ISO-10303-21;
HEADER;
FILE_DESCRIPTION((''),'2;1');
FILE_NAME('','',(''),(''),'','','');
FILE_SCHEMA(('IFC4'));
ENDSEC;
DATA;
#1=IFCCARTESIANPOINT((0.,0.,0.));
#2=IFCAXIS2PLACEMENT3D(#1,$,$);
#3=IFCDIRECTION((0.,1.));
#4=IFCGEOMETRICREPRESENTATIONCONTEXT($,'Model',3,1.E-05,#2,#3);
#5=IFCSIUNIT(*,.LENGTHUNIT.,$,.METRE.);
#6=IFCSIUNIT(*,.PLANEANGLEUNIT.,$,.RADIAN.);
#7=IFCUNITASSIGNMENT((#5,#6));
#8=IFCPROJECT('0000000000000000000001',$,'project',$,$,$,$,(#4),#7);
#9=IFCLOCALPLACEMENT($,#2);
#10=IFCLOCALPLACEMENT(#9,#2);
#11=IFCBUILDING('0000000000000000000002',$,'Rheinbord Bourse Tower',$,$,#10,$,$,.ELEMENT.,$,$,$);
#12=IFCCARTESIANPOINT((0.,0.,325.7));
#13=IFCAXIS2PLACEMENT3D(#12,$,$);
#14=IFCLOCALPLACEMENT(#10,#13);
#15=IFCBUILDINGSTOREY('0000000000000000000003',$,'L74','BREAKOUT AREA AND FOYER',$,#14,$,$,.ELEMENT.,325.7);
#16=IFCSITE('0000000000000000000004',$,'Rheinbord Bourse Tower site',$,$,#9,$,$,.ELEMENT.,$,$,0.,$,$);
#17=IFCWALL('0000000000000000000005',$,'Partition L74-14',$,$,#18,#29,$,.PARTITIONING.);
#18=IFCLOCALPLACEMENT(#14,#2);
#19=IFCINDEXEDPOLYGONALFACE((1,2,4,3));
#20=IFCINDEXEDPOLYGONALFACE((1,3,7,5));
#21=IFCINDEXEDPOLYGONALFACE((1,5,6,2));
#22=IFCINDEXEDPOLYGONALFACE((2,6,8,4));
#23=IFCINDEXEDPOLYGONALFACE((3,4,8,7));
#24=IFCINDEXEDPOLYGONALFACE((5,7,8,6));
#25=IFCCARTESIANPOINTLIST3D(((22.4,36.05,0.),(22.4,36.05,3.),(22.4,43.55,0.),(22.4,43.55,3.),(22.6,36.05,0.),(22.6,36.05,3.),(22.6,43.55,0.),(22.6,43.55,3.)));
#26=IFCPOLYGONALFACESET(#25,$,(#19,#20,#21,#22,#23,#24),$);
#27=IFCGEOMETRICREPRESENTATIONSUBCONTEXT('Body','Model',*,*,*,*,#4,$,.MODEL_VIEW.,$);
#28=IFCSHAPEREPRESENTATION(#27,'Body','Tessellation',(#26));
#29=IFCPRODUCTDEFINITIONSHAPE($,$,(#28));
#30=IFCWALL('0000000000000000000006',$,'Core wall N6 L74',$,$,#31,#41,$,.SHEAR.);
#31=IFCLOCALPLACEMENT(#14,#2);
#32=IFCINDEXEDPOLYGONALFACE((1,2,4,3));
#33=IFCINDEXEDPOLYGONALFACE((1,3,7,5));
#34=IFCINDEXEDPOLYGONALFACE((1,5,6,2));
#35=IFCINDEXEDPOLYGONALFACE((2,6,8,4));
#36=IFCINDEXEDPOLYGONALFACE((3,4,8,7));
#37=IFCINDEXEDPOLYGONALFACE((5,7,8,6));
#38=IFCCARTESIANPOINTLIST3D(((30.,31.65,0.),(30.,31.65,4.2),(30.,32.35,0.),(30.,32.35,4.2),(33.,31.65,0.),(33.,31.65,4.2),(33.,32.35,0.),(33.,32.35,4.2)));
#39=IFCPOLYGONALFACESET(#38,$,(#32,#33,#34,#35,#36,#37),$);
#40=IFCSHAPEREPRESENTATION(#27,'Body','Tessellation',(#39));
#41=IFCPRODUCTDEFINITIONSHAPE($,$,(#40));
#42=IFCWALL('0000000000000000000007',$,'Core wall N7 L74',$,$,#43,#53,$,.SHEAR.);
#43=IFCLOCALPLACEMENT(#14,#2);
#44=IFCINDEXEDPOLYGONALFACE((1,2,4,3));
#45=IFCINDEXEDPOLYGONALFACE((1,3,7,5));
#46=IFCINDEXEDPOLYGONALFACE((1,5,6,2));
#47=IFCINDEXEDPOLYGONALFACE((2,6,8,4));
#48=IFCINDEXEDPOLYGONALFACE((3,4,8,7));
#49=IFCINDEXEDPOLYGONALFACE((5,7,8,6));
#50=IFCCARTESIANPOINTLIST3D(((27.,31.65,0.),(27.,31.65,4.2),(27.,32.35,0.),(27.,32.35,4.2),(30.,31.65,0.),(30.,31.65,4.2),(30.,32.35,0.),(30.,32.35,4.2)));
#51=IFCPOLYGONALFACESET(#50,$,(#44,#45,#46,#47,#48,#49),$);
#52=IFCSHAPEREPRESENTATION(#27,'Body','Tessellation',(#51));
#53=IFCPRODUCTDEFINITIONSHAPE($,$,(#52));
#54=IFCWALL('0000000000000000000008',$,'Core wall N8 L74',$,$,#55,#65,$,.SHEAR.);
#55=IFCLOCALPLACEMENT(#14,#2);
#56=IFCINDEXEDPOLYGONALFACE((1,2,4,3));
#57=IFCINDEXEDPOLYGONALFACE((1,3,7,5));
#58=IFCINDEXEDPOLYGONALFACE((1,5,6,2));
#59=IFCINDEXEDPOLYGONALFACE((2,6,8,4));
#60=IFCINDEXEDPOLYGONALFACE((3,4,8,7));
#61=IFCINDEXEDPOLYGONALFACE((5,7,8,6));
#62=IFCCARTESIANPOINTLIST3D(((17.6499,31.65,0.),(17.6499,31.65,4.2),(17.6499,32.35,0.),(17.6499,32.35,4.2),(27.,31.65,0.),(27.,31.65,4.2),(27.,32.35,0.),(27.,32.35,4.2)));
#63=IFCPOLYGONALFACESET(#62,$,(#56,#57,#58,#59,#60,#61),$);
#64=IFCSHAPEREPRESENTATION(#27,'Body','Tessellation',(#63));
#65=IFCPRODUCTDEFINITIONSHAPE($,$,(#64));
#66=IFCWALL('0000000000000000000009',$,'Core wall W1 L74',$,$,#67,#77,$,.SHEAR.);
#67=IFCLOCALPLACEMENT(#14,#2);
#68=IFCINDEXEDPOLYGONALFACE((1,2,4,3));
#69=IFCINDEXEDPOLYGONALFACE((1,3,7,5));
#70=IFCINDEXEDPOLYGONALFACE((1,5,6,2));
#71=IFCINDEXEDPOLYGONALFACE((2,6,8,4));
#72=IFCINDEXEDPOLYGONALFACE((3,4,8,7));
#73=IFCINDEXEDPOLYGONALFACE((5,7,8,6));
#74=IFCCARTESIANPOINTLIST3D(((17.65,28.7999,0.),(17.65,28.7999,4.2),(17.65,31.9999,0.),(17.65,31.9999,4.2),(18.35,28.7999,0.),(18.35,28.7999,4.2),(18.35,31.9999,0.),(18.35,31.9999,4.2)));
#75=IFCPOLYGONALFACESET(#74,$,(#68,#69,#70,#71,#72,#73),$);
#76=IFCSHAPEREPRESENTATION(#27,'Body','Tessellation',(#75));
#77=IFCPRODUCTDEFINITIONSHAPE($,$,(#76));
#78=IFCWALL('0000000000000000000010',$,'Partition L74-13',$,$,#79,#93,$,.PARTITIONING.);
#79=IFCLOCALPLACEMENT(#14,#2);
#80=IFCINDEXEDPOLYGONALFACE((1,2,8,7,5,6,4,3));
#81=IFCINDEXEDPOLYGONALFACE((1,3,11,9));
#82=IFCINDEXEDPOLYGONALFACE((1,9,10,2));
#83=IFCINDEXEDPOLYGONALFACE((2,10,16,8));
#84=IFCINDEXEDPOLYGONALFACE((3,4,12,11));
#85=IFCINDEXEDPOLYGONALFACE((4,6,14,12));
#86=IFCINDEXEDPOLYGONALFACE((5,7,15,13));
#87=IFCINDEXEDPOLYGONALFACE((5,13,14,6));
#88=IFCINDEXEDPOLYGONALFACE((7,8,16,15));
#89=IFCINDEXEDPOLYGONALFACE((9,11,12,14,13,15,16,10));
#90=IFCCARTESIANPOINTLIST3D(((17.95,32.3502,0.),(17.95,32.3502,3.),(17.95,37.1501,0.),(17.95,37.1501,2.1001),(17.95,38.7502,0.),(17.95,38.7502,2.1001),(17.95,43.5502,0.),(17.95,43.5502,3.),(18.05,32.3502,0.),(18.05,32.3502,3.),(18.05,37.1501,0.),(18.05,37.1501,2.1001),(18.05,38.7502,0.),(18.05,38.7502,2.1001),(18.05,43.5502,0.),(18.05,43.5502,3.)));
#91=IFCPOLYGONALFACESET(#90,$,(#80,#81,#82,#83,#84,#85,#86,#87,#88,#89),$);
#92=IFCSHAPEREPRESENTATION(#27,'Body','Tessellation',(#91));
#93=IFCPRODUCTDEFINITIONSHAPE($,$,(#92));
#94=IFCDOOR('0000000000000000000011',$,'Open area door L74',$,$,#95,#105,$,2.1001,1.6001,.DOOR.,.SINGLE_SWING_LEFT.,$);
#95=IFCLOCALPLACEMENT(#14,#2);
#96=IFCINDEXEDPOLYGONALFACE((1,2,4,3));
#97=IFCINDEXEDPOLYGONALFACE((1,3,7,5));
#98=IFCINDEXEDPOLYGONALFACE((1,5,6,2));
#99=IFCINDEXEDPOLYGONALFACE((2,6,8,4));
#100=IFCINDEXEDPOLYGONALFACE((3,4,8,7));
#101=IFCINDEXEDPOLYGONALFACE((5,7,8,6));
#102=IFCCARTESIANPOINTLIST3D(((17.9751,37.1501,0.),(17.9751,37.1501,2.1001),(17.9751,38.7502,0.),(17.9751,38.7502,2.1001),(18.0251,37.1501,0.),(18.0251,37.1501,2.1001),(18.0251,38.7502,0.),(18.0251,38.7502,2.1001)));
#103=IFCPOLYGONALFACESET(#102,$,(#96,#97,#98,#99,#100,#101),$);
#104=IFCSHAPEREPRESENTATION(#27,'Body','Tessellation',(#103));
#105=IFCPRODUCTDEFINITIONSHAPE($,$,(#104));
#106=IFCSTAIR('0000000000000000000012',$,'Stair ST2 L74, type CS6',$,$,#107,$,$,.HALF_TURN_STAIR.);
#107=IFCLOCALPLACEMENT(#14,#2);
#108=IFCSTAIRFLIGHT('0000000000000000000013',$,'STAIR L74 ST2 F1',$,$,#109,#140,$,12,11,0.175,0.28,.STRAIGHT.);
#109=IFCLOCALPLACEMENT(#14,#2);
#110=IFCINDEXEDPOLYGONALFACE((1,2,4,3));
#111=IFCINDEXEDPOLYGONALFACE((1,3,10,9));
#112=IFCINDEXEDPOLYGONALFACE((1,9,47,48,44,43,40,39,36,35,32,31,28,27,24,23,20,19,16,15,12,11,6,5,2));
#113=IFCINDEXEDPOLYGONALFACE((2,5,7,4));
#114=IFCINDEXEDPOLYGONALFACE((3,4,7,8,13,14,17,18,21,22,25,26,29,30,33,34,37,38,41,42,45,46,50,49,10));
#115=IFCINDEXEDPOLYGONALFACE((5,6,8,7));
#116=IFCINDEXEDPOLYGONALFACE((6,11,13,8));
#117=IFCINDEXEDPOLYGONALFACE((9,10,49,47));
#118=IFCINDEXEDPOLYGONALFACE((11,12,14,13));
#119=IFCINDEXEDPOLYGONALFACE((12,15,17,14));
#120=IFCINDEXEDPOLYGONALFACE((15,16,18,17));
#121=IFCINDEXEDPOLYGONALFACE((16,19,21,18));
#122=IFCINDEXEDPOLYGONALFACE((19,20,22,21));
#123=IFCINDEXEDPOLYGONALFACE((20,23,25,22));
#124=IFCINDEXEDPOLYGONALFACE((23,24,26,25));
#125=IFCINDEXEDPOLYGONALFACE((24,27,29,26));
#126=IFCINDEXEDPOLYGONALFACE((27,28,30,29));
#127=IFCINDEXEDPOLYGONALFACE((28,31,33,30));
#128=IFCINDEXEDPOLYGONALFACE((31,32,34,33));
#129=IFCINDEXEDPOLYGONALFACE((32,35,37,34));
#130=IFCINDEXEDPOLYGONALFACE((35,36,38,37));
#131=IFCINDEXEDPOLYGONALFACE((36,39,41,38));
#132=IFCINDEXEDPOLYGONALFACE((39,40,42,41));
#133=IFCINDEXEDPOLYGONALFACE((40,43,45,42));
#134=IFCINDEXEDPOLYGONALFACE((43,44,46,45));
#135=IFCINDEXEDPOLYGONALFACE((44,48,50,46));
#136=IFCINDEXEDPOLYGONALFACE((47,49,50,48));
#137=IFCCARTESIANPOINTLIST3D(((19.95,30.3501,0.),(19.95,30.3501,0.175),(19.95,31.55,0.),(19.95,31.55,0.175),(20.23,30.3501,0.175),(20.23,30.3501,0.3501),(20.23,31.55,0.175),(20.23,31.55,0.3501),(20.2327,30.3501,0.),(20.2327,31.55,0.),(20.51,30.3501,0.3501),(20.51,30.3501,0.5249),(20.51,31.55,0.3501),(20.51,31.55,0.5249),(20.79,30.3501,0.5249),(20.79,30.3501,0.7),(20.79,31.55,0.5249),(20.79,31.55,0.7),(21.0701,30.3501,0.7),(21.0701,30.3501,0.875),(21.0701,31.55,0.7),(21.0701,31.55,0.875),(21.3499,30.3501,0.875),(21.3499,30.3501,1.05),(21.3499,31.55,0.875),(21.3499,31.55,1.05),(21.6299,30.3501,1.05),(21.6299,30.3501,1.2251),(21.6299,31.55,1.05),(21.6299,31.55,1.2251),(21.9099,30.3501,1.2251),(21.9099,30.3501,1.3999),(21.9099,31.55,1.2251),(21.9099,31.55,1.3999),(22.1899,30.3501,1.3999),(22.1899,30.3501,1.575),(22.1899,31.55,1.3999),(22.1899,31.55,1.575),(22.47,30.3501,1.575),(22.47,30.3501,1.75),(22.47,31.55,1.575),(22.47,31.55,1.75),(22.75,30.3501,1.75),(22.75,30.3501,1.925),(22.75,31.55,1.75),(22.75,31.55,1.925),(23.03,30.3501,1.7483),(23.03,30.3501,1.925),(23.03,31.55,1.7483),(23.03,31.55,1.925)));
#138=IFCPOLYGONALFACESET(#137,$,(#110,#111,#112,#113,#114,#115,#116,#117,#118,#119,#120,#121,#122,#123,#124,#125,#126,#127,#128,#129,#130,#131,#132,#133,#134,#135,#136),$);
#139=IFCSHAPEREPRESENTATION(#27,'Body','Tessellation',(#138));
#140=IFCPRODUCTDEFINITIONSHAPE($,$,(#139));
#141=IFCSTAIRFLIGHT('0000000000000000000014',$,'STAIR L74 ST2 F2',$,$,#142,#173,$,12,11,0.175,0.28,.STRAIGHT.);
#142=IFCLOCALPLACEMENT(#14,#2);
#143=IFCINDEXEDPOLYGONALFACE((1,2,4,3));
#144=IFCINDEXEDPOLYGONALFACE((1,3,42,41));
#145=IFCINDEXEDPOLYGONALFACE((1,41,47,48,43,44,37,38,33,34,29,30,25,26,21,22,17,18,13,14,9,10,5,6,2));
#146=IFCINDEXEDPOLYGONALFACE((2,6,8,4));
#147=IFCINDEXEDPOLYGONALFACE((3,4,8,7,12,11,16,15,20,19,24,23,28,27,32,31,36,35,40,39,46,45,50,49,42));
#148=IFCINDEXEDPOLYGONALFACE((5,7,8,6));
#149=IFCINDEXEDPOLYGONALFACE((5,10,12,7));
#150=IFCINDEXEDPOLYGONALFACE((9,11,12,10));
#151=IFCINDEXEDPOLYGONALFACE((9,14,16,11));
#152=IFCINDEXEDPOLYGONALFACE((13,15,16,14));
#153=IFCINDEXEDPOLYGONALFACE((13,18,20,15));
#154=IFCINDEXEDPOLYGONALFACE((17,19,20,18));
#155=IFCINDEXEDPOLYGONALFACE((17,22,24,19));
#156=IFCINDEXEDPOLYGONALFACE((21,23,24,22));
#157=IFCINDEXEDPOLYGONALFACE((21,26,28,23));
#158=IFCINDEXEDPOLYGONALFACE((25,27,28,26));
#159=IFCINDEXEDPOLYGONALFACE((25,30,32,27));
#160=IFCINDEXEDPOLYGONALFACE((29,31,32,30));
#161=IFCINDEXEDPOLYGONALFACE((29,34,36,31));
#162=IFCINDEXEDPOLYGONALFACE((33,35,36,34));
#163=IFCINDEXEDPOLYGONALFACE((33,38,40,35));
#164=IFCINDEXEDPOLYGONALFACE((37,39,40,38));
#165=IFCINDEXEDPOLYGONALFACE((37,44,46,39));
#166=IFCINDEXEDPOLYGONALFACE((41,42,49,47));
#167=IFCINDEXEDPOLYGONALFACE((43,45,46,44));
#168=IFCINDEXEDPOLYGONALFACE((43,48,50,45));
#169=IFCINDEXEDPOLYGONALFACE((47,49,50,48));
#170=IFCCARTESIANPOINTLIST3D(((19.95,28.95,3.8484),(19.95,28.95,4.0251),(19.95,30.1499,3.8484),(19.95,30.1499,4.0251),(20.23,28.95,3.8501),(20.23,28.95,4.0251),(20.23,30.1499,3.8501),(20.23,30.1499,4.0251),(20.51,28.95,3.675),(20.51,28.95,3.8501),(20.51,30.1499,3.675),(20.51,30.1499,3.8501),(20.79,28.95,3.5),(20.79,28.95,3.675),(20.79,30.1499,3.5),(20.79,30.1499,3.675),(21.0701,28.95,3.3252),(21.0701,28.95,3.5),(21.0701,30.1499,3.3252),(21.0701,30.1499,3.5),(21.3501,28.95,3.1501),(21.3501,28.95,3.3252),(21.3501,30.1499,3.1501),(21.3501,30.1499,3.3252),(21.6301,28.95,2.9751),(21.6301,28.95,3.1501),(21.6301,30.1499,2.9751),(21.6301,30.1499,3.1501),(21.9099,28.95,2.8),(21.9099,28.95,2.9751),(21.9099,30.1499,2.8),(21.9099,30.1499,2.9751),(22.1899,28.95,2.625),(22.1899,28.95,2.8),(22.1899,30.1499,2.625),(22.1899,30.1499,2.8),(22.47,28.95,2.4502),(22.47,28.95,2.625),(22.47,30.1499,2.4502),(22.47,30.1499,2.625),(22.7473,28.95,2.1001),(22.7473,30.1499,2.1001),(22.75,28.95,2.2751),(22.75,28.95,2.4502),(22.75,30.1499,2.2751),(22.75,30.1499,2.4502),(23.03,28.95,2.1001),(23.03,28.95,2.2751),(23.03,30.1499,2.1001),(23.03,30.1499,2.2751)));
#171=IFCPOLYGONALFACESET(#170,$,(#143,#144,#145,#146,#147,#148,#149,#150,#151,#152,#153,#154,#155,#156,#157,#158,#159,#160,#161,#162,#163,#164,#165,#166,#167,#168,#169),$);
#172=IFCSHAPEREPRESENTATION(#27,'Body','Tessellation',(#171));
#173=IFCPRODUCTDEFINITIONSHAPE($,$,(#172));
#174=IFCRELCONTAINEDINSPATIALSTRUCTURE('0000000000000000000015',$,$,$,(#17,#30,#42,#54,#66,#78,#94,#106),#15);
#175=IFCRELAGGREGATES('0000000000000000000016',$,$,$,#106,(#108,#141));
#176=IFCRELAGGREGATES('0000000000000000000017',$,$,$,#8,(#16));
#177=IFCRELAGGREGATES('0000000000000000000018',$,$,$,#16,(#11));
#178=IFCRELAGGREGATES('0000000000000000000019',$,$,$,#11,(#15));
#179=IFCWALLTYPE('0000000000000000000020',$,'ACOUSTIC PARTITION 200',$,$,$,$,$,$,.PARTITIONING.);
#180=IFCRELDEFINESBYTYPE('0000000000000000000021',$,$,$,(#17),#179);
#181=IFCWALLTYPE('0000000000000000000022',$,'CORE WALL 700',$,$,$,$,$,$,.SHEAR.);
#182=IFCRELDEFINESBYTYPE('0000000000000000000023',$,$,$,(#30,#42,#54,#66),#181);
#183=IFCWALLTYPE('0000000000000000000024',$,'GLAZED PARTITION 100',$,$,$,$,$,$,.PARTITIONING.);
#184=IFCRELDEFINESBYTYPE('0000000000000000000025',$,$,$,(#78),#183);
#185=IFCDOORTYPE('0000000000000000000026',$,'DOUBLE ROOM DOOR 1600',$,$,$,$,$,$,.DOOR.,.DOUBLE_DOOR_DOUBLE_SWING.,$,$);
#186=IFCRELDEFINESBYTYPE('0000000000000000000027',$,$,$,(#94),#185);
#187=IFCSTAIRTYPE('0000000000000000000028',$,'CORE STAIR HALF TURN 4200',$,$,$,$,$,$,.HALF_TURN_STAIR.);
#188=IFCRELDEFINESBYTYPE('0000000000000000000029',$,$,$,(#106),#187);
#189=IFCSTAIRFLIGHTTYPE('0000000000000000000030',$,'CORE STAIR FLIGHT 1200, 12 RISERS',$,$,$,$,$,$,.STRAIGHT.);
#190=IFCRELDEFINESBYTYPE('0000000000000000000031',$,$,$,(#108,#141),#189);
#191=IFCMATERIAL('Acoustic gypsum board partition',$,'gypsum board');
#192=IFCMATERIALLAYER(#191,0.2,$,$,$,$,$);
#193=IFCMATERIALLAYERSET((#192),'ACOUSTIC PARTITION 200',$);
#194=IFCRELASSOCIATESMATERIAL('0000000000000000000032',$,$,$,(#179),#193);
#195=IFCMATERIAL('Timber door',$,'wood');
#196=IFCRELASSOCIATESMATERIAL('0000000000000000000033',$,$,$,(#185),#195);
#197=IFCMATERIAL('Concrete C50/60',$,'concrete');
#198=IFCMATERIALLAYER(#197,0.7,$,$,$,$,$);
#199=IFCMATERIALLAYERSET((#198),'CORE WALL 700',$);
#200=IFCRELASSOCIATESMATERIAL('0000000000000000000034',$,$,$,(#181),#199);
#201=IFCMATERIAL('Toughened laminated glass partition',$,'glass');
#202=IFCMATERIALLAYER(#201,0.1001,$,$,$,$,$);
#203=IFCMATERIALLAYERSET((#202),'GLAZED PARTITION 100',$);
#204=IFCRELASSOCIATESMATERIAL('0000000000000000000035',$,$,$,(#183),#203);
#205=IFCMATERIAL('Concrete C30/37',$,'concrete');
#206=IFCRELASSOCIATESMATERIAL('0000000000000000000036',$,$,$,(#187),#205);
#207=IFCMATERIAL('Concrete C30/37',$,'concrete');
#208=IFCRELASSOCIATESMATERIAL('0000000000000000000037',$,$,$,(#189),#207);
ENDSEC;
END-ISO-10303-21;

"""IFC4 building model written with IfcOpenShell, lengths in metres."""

from ifc_helpers import new_model, si_unit, direction, frame, frame_2d, origin, place, context, subcontext, project, spatial, polyline, rectangle, outline, extrude, material, layer, layer_set, type_object, element, fill, aggregate, save


model = new_model("IFC4")

# Units and contexts
model_context = context("Model", 3, precision=1e-05, world=origin(), true_north=direction((0.0, 1.0)))
body_context = subcontext(model_context, "Body", "Model", "MODEL_VIEW")
ifc_project = project(units=[si_unit("LENGTHUNIT", "METRE"), si_unit("PLANEANGLEUNIT", "RADIAN")], contexts=[model_context])

# Site, building, storey
site_placement = place(None, origin())
site = spatial("IfcSite", under=ifc_project, at=site_placement, Name="Rheinbord Bourse Tower site", CompositionType="ELEMENT", RefElevation=0.0)
building_placement = place(site_placement, origin())
building = spatial("IfcBuilding", under=site, at=building_placement, Name="Rheinbord Bourse Tower", CompositionType="ELEMENT")
storey_placement = place(building_placement, frame((0.0, 0.0, 325.7)))
storey = spatial("IfcBuildingStorey", under=building, at=storey_placement, Name="L74", Description="BREAKOUT AREA AND FOYER", CompositionType="ELEMENT", Elevation=325.7)

# Shared definitions
ifc_material_1 = material(Name="Acoustic gypsum board partition", Category="gypsum board")
ifc_layer_1 = layer(ifc_material_1, 0.2)
ifc_layer_set_1 = layer_set([ifc_layer_1], Name="ACOUSTIC PARTITION 200")
wall_type_1 = type_object("IfcWallType", Name="ACOUSTIC PARTITION 200", PredefinedType="PARTITIONING", material=ifc_layer_set_1)
ifc_material_2 = material(Name="Timber door", Category="wood")
door_type = type_object("IfcDoorType", Name="DOUBLE ROOM DOOR 1600", OperationType="DOUBLE_DOOR_DOUBLE_SWING", PredefinedType="DOOR", material=ifc_material_2)

# Walls
wall_1_placement = place(storey_placement, frame((22.5, 36.05, 0.0), z_axis=(0.0, 0.0, 1.0), x_axis=(0.0, 1.0, 0.0)))
element("IfcWall", 1, at=wall_1_placement, inside=storey, type_object=wall_type_1, Name="Partition L74-14", PredefinedType="PARTITIONING", context=body_context, shape_type="SweptSolid", body=[
    extrude(rectangle(XDim=7.5, YDim=0.2, at=frame_2d((3.75, 0.0))), origin(), (0.0, 0.0, 1.0), 3.0),
])
ifc_material_3 = material(Name="Concrete C50/60", Category="concrete")
ifc_layer_2 = layer(ifc_material_3, 0.7)
ifc_layer_set_2 = layer_set([ifc_layer_2], Name="CORE WALL 700")
wall_type_2 = type_object("IfcWallType", Name="CORE WALL 700", PredefinedType="SHEAR", material=ifc_layer_set_2)
for number, where, z_axis, x_axis, name in (
    (2, (33.0, 32.0, 0.0), (0.0, 0.0, 1.0), (-1.0, 0.0, 0.0), "Core wall N6 L74"),
    (3, (30.0, 32.0, 0.0), (0.0, 0.0, 1.0), (-1.0, 0.0, 0.0), "Core wall N7 L74"),
):
    element("IfcWall", number, at=place(storey_placement, frame(where, z_axis=z_axis, x_axis=x_axis)), inside=storey, type_object=wall_type_2, Name=name, PredefinedType="SHEAR", context=body_context, shape_type="SweptSolid", body=[
        extrude(rectangle(XDim=3.0, YDim=0.7, at=frame_2d((1.5, 0.0))), origin(), (0.0, 0.0, 1.0), 4.2),
    ])
wall_2_placement = place(storey_placement, frame((27.0, 32.0, 0.0), z_axis=(0.0, 0.0, 1.0), x_axis=(-1.0, 0.0, 0.0)))
element("IfcWall", 4, at=wall_2_placement, inside=storey, type_object=wall_type_2, Name="Core wall N8 L74", PredefinedType="SHEAR", context=body_context, shape_type="SweptSolid", body=[
    extrude(rectangle(XDim=9.3501, YDim=0.7, at=frame_2d((4.675, 0.0))), origin(), (0.0, 0.0, 1.0), 4.2),
])
wall_3_placement = place(storey_placement, frame((18.0, 32.0, 0.0), z_axis=(0.0, 0.0, 1.0), x_axis=(0.0, -1.0, 0.0)))
element("IfcWall", 5, at=wall_3_placement, inside=storey, type_object=wall_type_2, Name="Core wall W1 L74", PredefinedType="SHEAR", context=body_context, shape_type="SweptSolid", body=[
    extrude(rectangle(XDim=3.2, YDim=0.7, at=frame_2d((1.6001, 0.0))), origin(), (0.0, 0.0, 1.0), 4.2),
])

# Wall, opening, door
ifc_material_4 = material(Name="Toughened laminated glass partition", Category="glass")
ifc_layer_3 = layer(ifc_material_4, 0.1001)
ifc_layer_set_3 = layer_set([ifc_layer_3], Name="GLAZED PARTITION 100")
wall_type_3 = type_object("IfcWallType", Name="GLAZED PARTITION 100", PredefinedType="PARTITIONING", material=ifc_layer_set_3)
wall_4_placement = place(storey_placement, frame((18.0, 32.3501, 0.0), z_axis=(0.0, 0.0, 1.0), x_axis=(0.0, 1.0, 0.0)))
wall_4 = element("IfcWall", 6, at=wall_4_placement, inside=storey, type_object=wall_type_3, Name="Partition L74-13", PredefinedType="PARTITIONING", context=body_context, shape_type="SweptSolid", body=[
    extrude(rectangle(XDim=11.2, YDim=0.1001, at=frame_2d((5.6001, 0.0))), origin(), (0.0, 0.0, 1.0), 3.0),
])
opening_1_placement = place(wall_4_placement, frame((4.8, 0.0, 0.0)))
opening_1 = element("IfcOpeningElement", 7, at=opening_1_placement, cuts=wall_4, PredefinedType="OPENING", context=body_context, shape_type="SweptSolid", body=[
    extrude(rectangle(XDim=1.6001, YDim=2.1001, at=frame_2d((0.8, 1.05))), frame((0.0, 0.0601, 0.0), z_axis=(0.0, -1.0, 0.0), x_axis=(1.0, 0.0, 0.0)), (0.0, 0.0, 1.0), 0.1201),
])
door_1_placement = place(opening_1_placement, origin())
door_1 = element("IfcDoor", 8, at=door_1_placement, inside=storey, type_object=door_type, Name="Open area door L74", OperationType="SINGLE_SWING_LEFT", OverallHeight=2.1001, OverallWidth=1.6001, PredefinedType="DOOR", context=body_context, shape_type="SweptSolid", body=[
    extrude(rectangle(XDim=1.6001, YDim=2.1001, at=frame_2d((0.8, 1.05))), frame((0.0, 0.0249, 0.0), z_axis=(0.0, -1.0, 0.0), x_axis=(1.0, 0.0, 0.0)), (0.0, 0.0, 1.0), 0.05),
])
fill(opening_1, door_1)

# Stair, stair flights
ifc_material_5 = material(Name="Concrete C30/37", Category="concrete")
stair_type = type_object("IfcStairType", Name="CORE STAIR HALF TURN 4200", PredefinedType="HALF_TURN_STAIR", material=ifc_material_5)
stair_placement = place(storey_placement, origin())
stair = element("IfcStair", 9, at=stair_placement, inside=storey, type_object=stair_type, Name="Stair ST2 L74, type CS6", PredefinedType="HALF_TURN_STAIR")
ifc_material_6 = material(Name="Concrete C30/37", Category="concrete")
stair_flight_type = type_object("IfcStairFlightType", Name="CORE STAIR FLIGHT 1200, 12 RISERS", PredefinedType="STRAIGHT", material=ifc_material_6)
stair_flight_1_placement = place(storey_placement, frame((19.95, 30.95, 0.0), z_axis=(0.0, 0.0, 1.0), x_axis=(1.0, 0.0, 0.0)))
stair_flight_1 = element("IfcStairFlight", 10, at=stair_flight_1_placement, type_object=stair_flight_type, Name="STAIR L74 ST2 F1", NumberOfRisers=12, NumberOfTreads=11, PredefinedType="STRAIGHT", RiserHeight=0.175, TreadLength=0.28, context=body_context, shape_type="SweptSolid", body=[
    extrude(outline(polyline([(0.0, 0.0), (0.0, 0.175), (0.28, 0.175), (0.28, 0.3501), (0.5601, 0.3501), (0.5601, 0.5249), (0.8401, 0.5249), (0.8401, 0.7), (1.1201, 0.7), (1.1201, 0.875), (1.3999, 0.875), (1.3999, 1.05), (1.6799, 1.05), (1.6799, 1.2251), (1.96, 1.2251), (1.96, 1.3999), (2.24, 1.3999), (2.24, 1.575), (2.52, 1.575), (2.52, 1.75), (2.8, 1.75), (2.8, 1.925), (3.0801, 1.925), (3.0801, 2.1001), (3.0801, 1.7483), (0.2827, 0.0), (0.0, 0.0)])), frame((0.0, 0.6001, 0.0), z_axis=(0.0, -1.0, 0.0), x_axis=(1.0, 0.0, 0.0)), (0.0, 0.0, 1.0), 1.2),
])
stair_flight_2_placement = place(storey_placement, frame((23.03, 29.55, 2.1001), z_axis=(0.0, 0.0, 1.0), x_axis=(-1.0, 0.0, 0.0)))
stair_flight_2 = element("IfcStairFlight", 11, at=stair_flight_2_placement, type_object=stair_flight_type, Name="STAIR L74 ST2 F2", NumberOfRisers=12, NumberOfTreads=11, PredefinedType="STRAIGHT", RiserHeight=0.175, TreadLength=0.28, context=body_context, shape_type="SweptSolid", body=[
    extrude(outline(polyline([(0.0, 0.0), (0.0, 0.175), (0.28, 0.175), (0.28, 0.3501), (0.5601, 0.3501), (0.5601, 0.5249), (0.8401, 0.5249), (0.8401, 0.7), (1.1201, 0.7), (1.1201, 0.875), (1.3999, 0.875), (1.3999, 1.05), (1.6799, 1.05), (1.6799, 1.2251), (1.96, 1.2251), (1.96, 1.3999), (2.24, 1.3999), (2.24, 1.575), (2.52, 1.575), (2.52, 1.75), (2.8, 1.75), (2.8, 1.925), (3.0801, 1.925), (3.0801, 2.1001), (3.0801, 1.7483), (0.2827, 0.0), (0.0, 0.0)])), frame((0.0, 0.6001, 0.0), z_axis=(0.0, -1.0, 0.0), x_axis=(1.0, 0.0, 0.0)), (0.0, 0.0, 1.0), 1.2),
])
aggregate(stair, [stair_flight_1, stair_flight_2])

save(model, "model.ifc")
